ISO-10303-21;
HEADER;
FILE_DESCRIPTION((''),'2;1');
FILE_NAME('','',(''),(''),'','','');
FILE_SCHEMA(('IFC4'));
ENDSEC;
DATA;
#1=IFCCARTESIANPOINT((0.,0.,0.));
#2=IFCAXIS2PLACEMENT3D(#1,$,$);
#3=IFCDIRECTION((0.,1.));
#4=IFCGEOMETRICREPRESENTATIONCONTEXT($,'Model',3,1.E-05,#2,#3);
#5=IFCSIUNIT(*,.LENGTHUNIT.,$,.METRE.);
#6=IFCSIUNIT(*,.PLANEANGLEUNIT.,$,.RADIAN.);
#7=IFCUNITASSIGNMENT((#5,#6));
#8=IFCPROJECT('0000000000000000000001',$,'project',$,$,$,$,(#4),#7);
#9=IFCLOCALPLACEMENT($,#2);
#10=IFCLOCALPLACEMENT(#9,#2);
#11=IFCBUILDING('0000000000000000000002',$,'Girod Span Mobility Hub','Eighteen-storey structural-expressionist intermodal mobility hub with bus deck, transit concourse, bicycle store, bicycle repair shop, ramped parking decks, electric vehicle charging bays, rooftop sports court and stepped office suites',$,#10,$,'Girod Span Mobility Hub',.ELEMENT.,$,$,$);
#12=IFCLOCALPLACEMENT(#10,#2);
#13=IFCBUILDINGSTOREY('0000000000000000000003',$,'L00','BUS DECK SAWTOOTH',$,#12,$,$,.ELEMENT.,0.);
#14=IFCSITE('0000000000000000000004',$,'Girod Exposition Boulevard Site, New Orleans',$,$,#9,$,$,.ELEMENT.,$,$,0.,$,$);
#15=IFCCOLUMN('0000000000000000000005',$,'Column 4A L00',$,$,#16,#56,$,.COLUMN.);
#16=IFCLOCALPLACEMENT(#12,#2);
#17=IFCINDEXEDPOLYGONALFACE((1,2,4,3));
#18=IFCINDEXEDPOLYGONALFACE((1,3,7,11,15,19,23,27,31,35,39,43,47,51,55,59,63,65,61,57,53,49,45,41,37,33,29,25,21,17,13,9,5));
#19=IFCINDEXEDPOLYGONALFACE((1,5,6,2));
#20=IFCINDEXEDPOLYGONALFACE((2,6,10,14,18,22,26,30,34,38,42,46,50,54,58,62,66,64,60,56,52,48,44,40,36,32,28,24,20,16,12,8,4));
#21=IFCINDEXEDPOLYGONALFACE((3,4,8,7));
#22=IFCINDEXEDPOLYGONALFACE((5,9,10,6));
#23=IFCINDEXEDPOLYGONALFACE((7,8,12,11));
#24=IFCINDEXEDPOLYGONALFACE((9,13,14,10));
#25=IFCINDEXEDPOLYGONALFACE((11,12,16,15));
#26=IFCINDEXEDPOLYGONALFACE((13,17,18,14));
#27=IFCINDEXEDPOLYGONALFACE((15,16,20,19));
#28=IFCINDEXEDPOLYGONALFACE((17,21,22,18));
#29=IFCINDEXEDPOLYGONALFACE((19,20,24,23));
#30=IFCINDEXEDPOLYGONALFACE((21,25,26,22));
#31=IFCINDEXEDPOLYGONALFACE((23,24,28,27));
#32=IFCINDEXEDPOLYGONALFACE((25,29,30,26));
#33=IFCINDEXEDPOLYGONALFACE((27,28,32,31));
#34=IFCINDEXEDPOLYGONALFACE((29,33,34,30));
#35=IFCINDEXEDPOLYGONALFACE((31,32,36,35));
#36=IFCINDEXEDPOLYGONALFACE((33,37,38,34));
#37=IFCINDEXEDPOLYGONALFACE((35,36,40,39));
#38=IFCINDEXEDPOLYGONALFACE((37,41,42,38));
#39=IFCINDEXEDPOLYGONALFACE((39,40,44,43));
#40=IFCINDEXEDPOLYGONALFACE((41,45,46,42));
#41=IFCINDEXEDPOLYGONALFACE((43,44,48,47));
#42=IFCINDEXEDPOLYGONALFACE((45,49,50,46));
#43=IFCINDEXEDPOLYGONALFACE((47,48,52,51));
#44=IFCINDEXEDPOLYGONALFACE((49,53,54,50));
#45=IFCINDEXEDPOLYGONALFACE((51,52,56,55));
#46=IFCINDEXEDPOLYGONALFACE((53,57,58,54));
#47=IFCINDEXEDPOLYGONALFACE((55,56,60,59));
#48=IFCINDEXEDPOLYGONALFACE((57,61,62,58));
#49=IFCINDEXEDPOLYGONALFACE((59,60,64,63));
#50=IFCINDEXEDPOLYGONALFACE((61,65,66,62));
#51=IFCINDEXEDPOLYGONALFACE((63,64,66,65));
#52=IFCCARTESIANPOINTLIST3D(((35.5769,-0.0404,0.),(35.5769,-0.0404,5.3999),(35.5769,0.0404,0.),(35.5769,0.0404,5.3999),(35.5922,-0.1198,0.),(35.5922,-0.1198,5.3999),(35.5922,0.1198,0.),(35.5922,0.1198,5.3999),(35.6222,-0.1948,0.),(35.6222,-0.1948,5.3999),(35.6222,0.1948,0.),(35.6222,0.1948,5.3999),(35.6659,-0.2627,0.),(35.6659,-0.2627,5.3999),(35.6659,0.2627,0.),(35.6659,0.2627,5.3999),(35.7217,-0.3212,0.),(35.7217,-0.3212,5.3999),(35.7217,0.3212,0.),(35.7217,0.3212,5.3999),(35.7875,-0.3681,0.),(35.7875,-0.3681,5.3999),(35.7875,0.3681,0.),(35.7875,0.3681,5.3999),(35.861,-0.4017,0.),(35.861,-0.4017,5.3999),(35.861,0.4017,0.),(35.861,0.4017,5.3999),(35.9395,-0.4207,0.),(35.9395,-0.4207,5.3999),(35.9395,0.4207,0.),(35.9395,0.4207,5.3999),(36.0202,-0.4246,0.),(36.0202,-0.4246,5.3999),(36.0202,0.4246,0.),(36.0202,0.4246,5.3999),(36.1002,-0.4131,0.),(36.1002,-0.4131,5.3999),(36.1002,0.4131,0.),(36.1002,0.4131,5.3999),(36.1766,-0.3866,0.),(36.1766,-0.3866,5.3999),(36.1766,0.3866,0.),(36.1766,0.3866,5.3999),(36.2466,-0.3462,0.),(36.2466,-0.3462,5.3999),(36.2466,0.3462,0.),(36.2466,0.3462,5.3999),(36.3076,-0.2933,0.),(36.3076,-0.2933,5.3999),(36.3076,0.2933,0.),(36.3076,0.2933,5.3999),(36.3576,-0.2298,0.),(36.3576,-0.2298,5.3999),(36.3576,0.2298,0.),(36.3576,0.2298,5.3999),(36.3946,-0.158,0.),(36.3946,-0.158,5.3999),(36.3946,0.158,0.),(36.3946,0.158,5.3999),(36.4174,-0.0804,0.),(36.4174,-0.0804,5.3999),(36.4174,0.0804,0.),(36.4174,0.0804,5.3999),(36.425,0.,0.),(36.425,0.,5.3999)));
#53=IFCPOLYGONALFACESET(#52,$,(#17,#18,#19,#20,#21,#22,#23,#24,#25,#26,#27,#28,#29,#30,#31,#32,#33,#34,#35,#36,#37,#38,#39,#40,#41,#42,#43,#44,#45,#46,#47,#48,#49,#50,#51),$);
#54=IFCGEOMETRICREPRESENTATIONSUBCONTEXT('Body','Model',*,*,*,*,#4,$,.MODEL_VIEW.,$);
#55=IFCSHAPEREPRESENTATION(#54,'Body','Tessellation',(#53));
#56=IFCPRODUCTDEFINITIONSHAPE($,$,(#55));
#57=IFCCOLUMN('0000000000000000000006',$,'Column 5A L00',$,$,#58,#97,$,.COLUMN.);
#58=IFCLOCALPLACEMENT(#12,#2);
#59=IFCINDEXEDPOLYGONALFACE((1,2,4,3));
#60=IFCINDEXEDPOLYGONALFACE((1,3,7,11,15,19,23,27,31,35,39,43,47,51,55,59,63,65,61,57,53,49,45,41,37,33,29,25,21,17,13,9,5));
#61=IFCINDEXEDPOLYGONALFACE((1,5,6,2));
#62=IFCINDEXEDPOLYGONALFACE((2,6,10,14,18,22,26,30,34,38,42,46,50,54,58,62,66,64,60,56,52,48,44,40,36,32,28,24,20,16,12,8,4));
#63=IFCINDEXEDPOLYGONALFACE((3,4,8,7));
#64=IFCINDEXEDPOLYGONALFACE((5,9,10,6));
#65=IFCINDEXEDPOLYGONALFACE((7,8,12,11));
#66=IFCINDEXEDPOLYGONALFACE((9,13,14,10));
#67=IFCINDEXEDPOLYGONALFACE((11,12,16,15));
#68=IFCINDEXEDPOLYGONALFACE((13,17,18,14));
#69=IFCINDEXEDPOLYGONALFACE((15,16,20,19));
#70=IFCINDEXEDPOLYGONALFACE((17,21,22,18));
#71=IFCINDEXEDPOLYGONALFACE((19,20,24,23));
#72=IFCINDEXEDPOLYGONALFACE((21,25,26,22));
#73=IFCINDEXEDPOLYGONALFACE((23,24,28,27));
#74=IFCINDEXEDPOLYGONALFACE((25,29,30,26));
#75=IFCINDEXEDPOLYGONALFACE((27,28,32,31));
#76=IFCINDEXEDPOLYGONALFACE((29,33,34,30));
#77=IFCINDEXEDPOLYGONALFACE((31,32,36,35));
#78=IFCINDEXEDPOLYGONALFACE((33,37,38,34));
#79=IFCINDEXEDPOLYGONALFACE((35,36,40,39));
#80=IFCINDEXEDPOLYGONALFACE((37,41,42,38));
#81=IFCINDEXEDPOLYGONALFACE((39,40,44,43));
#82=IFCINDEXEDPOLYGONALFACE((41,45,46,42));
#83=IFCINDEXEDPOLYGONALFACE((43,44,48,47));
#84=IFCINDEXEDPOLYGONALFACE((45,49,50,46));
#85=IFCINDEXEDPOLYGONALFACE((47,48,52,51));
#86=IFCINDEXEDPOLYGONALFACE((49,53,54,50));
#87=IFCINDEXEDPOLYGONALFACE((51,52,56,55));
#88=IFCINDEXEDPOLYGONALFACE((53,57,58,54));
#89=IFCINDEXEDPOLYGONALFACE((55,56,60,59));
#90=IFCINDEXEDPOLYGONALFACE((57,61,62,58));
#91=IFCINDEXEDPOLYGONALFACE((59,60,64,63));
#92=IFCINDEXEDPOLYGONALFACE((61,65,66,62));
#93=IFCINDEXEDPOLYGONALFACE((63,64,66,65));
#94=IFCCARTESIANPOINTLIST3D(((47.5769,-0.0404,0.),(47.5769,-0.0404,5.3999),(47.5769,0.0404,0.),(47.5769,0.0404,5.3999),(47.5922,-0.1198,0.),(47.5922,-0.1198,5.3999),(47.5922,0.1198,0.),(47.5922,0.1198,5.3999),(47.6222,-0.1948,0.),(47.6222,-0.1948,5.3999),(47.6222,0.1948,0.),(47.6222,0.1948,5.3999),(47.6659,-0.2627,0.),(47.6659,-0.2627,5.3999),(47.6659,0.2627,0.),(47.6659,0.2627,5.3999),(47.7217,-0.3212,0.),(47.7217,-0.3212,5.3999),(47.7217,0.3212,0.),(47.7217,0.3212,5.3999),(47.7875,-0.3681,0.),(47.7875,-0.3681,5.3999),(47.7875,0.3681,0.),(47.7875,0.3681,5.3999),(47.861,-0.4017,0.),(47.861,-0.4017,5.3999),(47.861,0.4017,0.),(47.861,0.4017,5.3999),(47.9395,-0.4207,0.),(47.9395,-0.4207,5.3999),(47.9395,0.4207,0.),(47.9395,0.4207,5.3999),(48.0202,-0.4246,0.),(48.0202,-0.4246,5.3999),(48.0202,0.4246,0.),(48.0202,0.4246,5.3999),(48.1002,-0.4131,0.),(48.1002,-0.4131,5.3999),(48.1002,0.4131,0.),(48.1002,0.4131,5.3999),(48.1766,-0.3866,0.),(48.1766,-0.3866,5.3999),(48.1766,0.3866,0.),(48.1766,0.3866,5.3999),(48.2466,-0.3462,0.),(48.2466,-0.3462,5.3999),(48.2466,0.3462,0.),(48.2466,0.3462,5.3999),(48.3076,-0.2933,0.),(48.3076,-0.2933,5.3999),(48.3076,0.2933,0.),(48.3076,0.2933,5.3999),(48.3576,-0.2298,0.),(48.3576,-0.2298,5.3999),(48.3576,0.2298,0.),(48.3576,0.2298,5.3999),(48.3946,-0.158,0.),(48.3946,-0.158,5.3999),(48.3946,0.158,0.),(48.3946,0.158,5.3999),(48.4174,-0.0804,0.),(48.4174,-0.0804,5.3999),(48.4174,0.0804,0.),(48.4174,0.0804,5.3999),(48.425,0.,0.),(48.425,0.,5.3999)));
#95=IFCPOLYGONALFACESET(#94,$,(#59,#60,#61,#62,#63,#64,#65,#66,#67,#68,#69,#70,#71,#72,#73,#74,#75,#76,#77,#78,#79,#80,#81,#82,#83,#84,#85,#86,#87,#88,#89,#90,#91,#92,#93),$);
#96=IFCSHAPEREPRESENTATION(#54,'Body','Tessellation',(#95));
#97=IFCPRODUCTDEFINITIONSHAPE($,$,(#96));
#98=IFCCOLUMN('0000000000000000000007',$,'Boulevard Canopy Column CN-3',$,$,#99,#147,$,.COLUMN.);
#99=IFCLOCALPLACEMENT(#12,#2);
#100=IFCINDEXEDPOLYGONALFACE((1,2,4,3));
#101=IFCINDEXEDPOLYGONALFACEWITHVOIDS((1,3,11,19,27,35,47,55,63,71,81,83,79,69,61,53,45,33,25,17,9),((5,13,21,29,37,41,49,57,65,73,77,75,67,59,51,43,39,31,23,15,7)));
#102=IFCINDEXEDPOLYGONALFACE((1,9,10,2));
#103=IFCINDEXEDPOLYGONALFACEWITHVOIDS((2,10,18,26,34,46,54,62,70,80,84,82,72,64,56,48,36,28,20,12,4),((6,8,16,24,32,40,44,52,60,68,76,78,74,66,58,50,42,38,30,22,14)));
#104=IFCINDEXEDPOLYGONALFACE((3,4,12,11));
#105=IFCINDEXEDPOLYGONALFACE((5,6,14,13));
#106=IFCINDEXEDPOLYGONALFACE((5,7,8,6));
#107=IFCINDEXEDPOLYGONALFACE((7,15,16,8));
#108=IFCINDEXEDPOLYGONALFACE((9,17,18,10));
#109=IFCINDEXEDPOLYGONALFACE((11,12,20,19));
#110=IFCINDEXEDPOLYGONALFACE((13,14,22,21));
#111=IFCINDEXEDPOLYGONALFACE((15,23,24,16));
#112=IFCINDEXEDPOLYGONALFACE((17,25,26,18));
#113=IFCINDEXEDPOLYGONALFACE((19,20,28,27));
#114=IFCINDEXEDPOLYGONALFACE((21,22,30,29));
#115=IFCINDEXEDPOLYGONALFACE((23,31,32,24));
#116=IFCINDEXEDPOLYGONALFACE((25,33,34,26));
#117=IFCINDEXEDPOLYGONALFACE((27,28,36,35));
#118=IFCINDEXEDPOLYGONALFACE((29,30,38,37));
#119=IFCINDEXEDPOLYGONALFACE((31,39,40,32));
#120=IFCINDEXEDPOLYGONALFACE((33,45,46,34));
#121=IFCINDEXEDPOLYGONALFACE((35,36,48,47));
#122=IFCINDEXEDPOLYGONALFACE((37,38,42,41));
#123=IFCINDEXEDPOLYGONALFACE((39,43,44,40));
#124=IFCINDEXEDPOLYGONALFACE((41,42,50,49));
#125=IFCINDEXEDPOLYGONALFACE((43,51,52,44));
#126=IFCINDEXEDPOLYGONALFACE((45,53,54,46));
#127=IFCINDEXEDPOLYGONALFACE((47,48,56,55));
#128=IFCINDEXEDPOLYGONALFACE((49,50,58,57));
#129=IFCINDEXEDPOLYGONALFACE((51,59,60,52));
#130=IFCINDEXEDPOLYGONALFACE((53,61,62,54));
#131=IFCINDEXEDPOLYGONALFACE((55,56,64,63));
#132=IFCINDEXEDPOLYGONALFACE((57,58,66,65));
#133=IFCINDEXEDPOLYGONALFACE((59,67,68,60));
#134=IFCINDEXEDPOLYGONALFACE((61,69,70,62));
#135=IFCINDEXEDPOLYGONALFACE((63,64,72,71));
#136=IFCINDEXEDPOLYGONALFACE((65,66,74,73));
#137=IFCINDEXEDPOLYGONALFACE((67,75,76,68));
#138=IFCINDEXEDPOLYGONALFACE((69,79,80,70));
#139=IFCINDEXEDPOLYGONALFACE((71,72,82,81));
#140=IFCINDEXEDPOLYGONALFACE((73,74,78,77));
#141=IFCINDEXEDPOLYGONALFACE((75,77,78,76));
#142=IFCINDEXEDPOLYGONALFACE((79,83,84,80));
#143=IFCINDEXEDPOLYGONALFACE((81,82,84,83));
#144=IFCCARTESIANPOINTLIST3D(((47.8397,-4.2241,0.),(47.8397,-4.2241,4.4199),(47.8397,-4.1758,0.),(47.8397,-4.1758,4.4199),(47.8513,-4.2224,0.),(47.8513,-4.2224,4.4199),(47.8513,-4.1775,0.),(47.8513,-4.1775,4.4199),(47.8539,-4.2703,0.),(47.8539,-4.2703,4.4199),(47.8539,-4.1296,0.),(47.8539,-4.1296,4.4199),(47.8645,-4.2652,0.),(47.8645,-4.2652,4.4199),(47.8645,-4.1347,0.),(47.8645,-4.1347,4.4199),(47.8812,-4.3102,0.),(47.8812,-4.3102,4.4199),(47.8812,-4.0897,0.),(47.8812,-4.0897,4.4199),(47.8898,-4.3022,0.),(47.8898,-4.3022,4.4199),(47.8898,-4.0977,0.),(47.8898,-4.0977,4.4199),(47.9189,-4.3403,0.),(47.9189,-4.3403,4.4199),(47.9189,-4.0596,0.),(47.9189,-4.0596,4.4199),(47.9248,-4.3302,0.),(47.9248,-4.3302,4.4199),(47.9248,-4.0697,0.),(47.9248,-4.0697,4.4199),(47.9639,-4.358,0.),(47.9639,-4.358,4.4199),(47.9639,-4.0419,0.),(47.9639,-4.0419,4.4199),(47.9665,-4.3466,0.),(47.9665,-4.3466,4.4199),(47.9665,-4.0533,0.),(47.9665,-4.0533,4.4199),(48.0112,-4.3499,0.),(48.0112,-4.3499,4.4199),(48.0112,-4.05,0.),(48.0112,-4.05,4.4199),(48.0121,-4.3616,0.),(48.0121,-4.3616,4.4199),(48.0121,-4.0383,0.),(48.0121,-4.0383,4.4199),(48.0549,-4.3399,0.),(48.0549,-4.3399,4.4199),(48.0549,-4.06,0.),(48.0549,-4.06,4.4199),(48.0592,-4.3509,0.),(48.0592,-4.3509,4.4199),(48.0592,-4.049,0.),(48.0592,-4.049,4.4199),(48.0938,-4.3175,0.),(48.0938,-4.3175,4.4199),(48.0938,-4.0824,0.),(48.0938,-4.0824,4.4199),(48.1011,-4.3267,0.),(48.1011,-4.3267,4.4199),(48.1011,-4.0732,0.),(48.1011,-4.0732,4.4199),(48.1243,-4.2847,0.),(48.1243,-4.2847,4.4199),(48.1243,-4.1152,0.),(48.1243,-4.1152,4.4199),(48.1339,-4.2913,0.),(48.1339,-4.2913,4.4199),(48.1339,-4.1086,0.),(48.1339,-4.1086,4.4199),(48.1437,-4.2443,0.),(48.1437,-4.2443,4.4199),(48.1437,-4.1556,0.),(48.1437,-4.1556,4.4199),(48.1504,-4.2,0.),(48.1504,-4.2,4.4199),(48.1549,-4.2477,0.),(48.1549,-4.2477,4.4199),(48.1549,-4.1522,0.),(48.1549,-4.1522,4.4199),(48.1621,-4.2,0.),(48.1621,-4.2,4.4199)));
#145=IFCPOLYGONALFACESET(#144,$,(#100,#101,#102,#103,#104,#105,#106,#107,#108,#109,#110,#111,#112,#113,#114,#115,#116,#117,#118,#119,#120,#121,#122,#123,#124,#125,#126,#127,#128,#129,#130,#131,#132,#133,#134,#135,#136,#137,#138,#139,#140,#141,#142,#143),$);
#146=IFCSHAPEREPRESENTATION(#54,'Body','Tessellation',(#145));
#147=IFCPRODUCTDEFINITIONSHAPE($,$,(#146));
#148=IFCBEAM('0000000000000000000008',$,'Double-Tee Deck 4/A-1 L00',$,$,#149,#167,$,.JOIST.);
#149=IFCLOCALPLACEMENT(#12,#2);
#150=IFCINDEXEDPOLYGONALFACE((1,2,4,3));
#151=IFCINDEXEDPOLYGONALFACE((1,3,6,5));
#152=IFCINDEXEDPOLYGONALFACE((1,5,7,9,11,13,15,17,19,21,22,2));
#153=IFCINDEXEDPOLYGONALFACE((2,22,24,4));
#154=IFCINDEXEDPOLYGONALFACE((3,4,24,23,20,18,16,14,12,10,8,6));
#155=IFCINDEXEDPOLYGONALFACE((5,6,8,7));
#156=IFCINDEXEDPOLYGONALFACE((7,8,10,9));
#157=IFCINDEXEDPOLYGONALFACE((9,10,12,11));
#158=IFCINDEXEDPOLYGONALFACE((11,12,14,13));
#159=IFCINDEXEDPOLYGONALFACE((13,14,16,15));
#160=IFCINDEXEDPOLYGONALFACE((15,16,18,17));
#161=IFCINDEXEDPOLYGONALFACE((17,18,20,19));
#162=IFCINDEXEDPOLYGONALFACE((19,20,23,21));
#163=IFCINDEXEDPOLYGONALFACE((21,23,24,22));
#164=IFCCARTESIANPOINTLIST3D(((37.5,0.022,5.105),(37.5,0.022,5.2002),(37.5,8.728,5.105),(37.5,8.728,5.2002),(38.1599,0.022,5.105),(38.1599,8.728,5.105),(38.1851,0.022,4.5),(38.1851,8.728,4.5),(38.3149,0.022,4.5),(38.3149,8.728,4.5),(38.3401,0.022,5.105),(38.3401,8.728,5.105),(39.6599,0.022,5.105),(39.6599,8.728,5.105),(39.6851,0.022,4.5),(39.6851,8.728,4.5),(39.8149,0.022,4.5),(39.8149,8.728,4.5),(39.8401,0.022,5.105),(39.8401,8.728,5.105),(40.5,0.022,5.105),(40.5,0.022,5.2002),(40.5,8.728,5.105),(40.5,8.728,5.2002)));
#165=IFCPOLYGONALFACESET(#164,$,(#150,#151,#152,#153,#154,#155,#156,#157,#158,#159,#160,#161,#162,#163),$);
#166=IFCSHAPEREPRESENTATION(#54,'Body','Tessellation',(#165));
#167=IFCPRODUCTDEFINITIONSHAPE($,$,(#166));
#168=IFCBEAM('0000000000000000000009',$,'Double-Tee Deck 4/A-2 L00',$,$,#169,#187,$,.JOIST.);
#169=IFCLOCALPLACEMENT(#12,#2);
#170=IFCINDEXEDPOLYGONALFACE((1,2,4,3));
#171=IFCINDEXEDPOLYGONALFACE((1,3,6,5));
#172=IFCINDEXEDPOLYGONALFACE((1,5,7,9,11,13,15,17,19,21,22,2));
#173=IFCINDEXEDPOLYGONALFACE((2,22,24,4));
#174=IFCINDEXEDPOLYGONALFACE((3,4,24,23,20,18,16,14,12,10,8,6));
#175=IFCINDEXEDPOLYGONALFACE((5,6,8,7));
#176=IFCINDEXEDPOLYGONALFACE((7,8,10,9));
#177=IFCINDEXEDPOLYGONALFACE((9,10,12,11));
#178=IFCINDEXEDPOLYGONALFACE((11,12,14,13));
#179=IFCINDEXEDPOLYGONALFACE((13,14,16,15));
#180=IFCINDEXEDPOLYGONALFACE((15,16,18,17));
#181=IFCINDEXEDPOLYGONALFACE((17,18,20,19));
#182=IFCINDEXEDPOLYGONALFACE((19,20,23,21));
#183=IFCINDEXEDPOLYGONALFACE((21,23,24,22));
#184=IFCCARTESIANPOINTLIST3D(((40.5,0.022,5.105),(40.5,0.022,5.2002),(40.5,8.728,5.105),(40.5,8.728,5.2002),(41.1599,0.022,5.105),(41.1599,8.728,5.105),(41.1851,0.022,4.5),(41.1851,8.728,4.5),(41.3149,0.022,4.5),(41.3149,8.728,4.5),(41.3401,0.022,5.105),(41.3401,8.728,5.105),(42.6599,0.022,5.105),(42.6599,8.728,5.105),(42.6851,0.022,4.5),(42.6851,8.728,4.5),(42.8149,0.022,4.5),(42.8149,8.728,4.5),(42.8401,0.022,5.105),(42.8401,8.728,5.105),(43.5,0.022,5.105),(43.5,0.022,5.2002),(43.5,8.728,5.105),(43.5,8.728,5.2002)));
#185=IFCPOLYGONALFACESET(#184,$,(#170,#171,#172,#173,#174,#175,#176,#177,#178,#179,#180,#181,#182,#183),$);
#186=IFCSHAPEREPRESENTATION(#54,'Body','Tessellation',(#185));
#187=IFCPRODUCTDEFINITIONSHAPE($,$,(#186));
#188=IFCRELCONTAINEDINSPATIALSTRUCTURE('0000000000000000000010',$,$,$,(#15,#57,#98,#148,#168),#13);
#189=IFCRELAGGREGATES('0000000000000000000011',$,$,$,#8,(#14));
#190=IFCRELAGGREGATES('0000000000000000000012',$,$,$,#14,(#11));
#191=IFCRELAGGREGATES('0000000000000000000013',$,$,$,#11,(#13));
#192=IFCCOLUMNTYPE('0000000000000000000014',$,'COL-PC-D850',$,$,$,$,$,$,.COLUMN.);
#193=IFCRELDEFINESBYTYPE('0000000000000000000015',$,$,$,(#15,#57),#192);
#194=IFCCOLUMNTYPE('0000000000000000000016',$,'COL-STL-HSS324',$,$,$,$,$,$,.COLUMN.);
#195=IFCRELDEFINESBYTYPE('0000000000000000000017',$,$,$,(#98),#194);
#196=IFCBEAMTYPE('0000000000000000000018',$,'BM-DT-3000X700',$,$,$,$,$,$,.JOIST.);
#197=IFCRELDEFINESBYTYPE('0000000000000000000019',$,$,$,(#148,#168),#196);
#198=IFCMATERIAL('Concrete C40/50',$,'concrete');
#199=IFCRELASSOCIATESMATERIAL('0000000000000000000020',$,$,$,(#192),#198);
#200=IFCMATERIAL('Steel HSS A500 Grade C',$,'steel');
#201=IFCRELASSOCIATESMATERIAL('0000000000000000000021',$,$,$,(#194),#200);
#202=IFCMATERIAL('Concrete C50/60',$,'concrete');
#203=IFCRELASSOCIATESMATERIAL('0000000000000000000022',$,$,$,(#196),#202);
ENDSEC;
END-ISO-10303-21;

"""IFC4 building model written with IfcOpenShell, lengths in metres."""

from ifc_helpers import new_model, si_unit, direction, frame, origin, origin_2d, place, context, subcontext, project, spatial, polyline, circle, hollow_circle, outline, extrude, material, material_profile, profile_set, type_object, element, save


model = new_model("IFC4")

# Units and contexts
model_context = context("Model", 3, precision=1e-05, world=origin(), true_north=direction((0.0, 1.0)))
body_context = subcontext(model_context, "Body", "Model", "MODEL_VIEW")
ifc_project = project(units=[si_unit("LENGTHUNIT", "METRE"), si_unit("PLANEANGLEUNIT", "RADIAN")], contexts=[model_context])

# Site, building, storey
site_placement = place(None, origin())
site = spatial("IfcSite", under=ifc_project, at=site_placement, Name="Girod Exposition Boulevard Site, New Orleans", CompositionType="ELEMENT", RefElevation=0.0)
building_placement = place(site_placement, origin())
building = spatial("IfcBuilding", under=site, at=building_placement, Name="Girod Span Mobility Hub", Description="Eighteen-storey structural-expressionist intermodal mobility hub with bus deck, transit concourse, bicycle store, bicycle repair shop, ramped parking decks, electric vehicle charging bays, rooftop sports court and stepped office suites", LongName="Girod Span Mobility Hub", CompositionType="ELEMENT")
storey_placement = place(building_placement, origin())
storey = spatial("IfcBuildingStorey", under=building, at=storey_placement, Name="L00", Description="BUS DECK SAWTOOTH", CompositionType="ELEMENT", Elevation=0.0)

# Columns
ifc_material_1 = material(Name="Concrete C40/50", Category="concrete")
ifc_material_profile_1 = material_profile(ifc_material_1, circle(Radius=0.425, at=origin_2d()), Name="PC-CIR-D850")
ifc_profile_set_1 = profile_set([ifc_material_profile_1], Name="Concrete C40/50")
column_type_1 = type_object("IfcColumnType", Name="COL-PC-D850", PredefinedType="COLUMN", material=ifc_profile_set_1)
for number, where, z_axis, x_axis, name in (
    (1, (36.0, 0.0, 0.0), (0.0, 0.0, 1.0), (1.0, 0.0, 0.0), "Column 4A L00"),
    (2, (48.0, 0.0, 0.0), (0.0, 0.0, 1.0), (1.0, 0.0, 0.0), "Column 5A L00"),
):
    element("IfcColumn", number, at=place(storey_placement, frame(where, z_axis=z_axis, x_axis=x_axis)), inside=storey, type_object=column_type_1, Name=name, PredefinedType="COLUMN", context=body_context, shape_type="SweptSolid", body=[
        extrude(circle(Radius=0.425, at=origin_2d()), origin(), (0.0, 0.0, 1.0), 5.3999),
    ])
ifc_material_2 = material(Name="Steel HSS A500 Grade C", Category="steel")
ifc_material_profile_2 = material_profile(ifc_material_2, hollow_circle(Radius=0.1621, WallThickness=0.0117, at=origin_2d()), Name="HSS324X12.7")
ifc_profile_set_2 = profile_set([ifc_material_profile_2], Name="Steel HSS A500 Grade C")
column_type_2 = type_object("IfcColumnType", Name="COL-STL-HSS324", PredefinedType="COLUMN", material=ifc_profile_set_2)
column_placement = place(storey_placement, frame((48.0, -4.2, 0.0), z_axis=(0.0, 0.0, 1.0), x_axis=(1.0, 0.0, 0.0)))
element("IfcColumn", 3, at=column_placement, inside=storey, type_object=column_type_2, Name="Boulevard Canopy Column CN-3", PredefinedType="COLUMN", context=body_context, shape_type="SweptSolid", body=[
    extrude(hollow_circle(Radius=0.1621, WallThickness=0.0117, at=origin_2d()), origin(), (0.0, 0.0, 1.0), 4.4199),
])

# Beams
ifc_material_3 = material(Name="Concrete C50/60", Category="concrete")
ifc_material_profile_3 = material_profile(ifc_material_3, outline(polyline([(-1.5, 0.3501), (-1.5, 0.2549), (-0.8401, 0.2549), (-0.8149, -0.3501), (-0.6851, -0.3501), (-0.6599, 0.2549), (0.6599, 0.2549), (0.6851, -0.3501), (0.8149, -0.3501), (0.8401, 0.2549), (1.5, 0.2549), (1.5, 0.3501), (-1.5, 0.3501)])), Name="DT-3000X700")
ifc_profile_set_3 = profile_set([ifc_material_profile_3], Name="Concrete C50/60")
beam_type_1 = type_object("IfcBeamType", Name="BM-DT-3000X700", PredefinedType="JOIST", material=ifc_profile_set_3)
for number, where, z_axis, x_axis, name in (
    (4, (39.0, 0.022, 4.8501), (0.0, 1.0, 0.0), (-1.0, 0.0, 0.0), "Double-Tee Deck 4/A-1 L00"),
    (5, (42.0, 0.022, 4.8501), (0.0, 1.0, 0.0), (-1.0, 0.0, 0.0), "Double-Tee Deck 4/A-2 L00"),
):
    element("IfcBeam", number, at=place(storey_placement, frame(where, z_axis=z_axis, x_axis=x_axis)), inside=storey, type_object=beam_type_1, Name=name, PredefinedType="JOIST", context=body_context, shape_type="SweptSolid", body=[
        extrude(outline(polyline([(-1.5, 0.3501), (-1.5, 0.2549), (-0.8401, 0.2549), (-0.8149, -0.3501), (-0.6851, -0.3501), (-0.6599, 0.2549), (0.6599, 0.2549), (0.6851, -0.3501), (0.8149, -0.3501), (0.8401, 0.2549), (1.5, 0.2549), (1.5, 0.3501), (-1.5, 0.3501)])), origin(), (0.0, 0.0, 1.0), 8.7061),
    ])

save(model, "model.ifc")
